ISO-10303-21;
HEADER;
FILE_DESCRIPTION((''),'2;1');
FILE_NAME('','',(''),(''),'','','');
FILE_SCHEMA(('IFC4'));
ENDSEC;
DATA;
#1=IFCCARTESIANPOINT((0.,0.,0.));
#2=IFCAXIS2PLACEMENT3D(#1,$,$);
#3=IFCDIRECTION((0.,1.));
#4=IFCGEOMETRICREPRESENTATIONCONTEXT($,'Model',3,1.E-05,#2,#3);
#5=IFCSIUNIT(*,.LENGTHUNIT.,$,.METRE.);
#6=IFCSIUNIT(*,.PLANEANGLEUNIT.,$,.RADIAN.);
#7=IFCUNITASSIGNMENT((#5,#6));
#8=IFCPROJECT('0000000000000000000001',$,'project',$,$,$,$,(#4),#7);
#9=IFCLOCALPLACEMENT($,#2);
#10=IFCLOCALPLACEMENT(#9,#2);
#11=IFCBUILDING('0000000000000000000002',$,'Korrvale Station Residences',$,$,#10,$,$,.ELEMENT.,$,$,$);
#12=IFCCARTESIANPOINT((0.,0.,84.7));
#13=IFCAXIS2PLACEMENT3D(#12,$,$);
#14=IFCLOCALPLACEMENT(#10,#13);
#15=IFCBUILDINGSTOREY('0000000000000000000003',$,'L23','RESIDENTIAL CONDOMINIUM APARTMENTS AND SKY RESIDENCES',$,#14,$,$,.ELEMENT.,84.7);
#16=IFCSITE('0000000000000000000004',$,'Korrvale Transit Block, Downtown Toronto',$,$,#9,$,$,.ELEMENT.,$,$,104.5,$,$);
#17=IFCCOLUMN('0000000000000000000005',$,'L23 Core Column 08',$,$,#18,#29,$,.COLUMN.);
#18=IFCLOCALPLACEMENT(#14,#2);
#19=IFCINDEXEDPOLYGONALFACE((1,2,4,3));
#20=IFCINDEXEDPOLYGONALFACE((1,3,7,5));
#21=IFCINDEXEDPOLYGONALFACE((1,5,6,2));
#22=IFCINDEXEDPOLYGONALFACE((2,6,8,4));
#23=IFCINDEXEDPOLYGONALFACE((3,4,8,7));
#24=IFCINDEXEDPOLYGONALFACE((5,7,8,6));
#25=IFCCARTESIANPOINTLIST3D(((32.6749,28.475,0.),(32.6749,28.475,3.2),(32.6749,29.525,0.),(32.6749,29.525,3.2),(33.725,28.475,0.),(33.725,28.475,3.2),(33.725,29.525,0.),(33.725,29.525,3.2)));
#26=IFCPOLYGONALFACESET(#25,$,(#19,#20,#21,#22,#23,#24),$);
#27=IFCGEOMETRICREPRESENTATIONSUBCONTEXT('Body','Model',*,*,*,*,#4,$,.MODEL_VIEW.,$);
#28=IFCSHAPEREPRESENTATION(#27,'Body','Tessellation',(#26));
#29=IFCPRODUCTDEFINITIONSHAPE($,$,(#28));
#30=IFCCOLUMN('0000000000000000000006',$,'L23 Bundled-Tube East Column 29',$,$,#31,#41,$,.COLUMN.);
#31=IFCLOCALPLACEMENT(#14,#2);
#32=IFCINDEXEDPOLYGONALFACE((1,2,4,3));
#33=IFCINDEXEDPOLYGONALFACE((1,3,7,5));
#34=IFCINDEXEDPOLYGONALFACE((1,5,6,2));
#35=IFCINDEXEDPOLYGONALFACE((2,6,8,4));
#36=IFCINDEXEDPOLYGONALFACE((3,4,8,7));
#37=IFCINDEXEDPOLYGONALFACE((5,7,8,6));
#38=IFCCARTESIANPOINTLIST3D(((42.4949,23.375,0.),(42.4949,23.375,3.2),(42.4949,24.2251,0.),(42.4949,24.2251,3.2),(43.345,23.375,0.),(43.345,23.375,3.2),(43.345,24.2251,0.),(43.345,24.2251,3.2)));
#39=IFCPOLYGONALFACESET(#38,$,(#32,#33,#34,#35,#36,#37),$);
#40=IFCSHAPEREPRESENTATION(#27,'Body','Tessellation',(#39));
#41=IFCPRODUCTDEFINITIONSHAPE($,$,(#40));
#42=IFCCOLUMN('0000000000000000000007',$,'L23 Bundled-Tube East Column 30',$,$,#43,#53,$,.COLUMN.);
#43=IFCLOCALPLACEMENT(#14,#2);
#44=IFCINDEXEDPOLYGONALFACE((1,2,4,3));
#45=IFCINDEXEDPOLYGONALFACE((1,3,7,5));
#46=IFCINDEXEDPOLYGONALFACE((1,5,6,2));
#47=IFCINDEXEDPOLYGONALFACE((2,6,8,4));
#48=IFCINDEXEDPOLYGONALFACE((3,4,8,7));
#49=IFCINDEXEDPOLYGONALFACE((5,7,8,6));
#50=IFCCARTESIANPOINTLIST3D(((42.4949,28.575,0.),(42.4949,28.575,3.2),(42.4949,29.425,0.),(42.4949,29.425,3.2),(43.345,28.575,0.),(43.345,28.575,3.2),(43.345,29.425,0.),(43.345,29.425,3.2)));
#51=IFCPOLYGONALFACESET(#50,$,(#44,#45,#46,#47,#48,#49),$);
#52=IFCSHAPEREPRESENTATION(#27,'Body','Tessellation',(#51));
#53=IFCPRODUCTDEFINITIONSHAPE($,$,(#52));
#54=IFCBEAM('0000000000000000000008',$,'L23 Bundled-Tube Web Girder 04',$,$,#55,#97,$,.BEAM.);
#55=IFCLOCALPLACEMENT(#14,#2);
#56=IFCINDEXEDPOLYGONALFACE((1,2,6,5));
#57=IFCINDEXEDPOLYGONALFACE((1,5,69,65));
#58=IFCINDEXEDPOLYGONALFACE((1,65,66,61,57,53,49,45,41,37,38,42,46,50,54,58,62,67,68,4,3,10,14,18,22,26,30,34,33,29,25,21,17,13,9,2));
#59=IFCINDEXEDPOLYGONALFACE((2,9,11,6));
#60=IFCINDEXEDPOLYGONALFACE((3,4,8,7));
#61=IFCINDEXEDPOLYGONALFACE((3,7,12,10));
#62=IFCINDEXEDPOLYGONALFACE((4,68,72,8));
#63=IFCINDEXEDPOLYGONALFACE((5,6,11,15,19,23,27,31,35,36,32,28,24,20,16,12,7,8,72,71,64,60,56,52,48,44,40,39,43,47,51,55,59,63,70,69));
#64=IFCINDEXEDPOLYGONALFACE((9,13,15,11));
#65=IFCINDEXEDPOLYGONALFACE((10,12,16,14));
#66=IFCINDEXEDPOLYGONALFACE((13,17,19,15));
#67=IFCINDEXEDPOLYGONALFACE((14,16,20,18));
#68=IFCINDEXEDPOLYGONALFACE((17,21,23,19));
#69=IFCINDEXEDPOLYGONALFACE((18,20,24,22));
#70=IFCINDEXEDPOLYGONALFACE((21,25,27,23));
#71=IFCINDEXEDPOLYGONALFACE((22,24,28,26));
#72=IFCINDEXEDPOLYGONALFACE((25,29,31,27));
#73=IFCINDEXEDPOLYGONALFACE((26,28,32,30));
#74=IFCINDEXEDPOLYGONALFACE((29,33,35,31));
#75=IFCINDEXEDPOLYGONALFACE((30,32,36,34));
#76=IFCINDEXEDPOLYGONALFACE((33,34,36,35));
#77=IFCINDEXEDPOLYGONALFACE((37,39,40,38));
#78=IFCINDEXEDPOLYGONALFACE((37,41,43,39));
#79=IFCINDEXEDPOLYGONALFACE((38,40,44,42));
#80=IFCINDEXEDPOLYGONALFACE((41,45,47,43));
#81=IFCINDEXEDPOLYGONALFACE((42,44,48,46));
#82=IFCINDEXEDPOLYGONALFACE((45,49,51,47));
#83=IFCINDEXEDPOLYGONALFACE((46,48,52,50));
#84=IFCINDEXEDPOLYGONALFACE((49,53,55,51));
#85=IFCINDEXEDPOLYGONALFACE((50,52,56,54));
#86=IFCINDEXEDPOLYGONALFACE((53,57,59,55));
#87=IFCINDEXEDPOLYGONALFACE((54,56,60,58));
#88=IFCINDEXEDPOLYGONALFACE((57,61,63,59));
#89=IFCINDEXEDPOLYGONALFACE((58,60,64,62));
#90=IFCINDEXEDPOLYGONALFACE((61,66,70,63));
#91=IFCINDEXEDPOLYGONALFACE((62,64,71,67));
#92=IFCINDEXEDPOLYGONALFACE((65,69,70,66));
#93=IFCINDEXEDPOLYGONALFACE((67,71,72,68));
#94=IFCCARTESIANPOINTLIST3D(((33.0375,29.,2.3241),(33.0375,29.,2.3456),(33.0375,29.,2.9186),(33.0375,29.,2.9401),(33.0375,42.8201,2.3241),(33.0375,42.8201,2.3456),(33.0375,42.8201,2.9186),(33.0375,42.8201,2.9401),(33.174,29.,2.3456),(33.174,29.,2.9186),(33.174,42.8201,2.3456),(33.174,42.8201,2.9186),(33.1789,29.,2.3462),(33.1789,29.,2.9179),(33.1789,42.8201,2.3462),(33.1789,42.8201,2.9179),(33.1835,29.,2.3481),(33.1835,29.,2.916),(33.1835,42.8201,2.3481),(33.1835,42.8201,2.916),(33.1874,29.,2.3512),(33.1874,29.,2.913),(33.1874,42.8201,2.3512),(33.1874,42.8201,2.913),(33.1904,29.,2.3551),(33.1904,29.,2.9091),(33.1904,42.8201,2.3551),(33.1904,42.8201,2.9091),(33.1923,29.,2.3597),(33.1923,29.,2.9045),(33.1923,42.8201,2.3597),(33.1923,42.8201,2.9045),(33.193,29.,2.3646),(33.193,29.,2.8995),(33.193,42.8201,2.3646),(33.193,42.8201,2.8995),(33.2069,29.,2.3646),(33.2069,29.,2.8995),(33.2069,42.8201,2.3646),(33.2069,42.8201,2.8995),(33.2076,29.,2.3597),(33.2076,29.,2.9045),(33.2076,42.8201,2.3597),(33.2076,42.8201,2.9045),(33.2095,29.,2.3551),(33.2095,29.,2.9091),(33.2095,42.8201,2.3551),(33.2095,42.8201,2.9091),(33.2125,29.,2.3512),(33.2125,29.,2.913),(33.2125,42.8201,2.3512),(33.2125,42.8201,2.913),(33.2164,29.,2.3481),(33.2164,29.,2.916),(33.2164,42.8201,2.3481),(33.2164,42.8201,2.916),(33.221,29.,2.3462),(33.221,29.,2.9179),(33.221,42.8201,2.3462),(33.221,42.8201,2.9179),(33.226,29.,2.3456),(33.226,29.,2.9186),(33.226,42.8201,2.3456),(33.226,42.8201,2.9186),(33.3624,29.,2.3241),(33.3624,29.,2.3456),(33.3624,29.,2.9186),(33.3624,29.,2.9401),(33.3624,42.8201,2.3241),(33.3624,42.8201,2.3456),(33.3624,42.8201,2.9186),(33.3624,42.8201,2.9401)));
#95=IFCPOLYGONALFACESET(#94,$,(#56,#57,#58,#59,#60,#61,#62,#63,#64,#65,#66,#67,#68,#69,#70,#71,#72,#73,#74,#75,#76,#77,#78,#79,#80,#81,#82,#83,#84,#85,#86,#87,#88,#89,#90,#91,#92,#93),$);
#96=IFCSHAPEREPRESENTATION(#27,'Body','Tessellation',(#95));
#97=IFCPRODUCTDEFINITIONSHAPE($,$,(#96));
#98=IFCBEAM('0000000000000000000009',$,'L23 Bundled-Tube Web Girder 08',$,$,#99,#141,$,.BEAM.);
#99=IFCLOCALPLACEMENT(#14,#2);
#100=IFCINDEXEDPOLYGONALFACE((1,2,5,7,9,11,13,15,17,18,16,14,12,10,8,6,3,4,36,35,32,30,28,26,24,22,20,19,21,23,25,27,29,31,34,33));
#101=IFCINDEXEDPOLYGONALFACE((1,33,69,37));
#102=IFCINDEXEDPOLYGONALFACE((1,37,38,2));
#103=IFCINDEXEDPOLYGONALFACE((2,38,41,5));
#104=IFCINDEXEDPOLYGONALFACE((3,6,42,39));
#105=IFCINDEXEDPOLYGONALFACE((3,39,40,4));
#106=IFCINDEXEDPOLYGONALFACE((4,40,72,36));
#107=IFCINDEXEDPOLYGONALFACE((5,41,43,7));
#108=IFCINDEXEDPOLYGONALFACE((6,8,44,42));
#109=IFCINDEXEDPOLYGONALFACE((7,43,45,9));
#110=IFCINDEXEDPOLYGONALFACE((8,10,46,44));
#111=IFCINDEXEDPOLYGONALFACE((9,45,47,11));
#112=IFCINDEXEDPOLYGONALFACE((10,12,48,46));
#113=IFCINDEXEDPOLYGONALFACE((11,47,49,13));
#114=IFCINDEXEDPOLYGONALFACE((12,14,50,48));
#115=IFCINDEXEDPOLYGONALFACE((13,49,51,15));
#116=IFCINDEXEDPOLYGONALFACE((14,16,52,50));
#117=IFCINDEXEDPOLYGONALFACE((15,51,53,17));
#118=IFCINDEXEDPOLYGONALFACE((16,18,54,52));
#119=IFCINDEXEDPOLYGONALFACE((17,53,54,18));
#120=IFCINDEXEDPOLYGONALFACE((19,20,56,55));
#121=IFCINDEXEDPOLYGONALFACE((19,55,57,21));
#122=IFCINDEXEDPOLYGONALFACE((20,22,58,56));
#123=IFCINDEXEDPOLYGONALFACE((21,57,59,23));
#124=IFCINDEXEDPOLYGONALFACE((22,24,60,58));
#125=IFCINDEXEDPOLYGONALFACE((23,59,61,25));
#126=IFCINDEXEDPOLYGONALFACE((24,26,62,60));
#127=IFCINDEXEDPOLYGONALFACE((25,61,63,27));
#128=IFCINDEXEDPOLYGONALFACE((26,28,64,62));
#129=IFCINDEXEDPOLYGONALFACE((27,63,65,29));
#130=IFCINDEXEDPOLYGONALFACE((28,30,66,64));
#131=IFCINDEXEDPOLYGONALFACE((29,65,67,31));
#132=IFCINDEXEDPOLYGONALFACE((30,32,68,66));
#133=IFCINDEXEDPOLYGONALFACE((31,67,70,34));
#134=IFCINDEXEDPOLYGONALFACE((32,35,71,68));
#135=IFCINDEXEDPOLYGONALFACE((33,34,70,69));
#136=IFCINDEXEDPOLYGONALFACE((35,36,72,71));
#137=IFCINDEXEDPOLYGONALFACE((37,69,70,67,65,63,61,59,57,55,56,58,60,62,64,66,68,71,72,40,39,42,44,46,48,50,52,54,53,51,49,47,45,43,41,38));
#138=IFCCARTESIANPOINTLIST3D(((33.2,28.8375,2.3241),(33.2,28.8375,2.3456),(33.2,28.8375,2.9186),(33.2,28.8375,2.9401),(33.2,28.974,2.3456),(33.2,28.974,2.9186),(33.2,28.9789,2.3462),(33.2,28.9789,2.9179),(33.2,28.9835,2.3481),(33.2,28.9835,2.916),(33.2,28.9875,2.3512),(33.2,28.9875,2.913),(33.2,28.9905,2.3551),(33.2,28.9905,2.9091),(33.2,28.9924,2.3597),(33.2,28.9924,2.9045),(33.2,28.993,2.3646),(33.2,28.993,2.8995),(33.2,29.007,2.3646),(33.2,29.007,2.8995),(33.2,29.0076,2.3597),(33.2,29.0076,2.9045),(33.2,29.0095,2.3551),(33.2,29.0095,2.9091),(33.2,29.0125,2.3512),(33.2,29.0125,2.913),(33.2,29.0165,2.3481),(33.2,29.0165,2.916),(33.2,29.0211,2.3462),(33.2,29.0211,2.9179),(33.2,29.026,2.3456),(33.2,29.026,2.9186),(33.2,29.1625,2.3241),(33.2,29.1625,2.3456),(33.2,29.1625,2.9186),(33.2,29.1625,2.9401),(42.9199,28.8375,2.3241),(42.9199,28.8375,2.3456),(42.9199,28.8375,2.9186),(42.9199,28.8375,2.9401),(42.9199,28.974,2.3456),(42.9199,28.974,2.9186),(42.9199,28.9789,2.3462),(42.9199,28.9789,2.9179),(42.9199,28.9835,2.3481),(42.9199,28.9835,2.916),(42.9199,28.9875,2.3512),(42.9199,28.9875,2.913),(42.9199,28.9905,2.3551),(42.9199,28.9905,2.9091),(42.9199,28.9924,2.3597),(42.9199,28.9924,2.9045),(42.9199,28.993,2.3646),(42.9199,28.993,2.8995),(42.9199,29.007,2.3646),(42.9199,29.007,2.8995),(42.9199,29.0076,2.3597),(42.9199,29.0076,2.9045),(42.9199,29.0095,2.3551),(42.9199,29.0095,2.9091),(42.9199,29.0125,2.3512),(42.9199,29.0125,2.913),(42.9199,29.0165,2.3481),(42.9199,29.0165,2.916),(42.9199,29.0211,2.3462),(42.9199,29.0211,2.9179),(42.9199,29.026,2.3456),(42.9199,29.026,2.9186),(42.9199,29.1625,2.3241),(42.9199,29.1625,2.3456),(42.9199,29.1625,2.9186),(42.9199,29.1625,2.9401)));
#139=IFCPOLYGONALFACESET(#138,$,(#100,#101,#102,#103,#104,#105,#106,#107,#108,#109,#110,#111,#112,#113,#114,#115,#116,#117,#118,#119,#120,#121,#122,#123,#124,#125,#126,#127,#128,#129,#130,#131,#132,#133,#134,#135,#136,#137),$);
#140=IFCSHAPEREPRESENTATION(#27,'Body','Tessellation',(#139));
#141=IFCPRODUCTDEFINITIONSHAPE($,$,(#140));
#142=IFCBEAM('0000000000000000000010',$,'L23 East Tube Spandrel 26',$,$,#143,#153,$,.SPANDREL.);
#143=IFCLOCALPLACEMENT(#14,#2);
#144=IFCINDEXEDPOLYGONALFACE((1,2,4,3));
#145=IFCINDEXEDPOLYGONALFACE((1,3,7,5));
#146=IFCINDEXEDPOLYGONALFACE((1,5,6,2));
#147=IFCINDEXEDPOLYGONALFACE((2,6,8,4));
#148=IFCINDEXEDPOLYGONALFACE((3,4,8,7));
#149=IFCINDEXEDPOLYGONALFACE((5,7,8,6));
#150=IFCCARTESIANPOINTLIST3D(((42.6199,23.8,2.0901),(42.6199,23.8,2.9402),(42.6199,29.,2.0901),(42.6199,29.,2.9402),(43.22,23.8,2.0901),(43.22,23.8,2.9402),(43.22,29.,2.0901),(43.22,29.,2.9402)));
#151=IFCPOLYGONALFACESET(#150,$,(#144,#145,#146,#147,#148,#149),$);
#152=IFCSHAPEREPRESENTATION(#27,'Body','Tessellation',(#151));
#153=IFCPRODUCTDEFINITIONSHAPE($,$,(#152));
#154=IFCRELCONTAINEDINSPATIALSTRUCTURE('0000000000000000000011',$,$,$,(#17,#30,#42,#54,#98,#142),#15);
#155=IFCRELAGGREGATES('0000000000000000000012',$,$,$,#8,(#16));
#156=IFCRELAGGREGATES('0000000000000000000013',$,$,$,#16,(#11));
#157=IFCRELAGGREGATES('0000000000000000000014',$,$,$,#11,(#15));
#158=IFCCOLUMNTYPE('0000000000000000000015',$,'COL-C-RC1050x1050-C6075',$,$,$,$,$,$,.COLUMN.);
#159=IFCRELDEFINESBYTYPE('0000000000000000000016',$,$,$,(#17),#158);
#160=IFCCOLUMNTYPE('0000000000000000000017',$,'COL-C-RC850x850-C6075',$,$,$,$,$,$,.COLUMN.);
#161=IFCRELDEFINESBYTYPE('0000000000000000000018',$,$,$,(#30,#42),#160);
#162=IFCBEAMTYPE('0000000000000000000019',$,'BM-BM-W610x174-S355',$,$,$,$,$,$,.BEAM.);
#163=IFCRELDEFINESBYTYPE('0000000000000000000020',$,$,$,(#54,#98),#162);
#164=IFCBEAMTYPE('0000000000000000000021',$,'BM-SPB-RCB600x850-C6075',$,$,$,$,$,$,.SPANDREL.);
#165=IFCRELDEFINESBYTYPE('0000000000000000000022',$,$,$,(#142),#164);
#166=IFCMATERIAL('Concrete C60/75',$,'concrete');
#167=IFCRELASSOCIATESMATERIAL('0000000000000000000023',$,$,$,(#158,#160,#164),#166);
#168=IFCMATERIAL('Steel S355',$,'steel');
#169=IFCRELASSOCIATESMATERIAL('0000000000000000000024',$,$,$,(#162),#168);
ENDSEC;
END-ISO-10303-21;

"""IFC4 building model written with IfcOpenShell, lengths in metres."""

from ifc_helpers import new_model, si_unit, direction, frame, origin, origin_2d, place, context, subcontext, project, spatial, rectangle, i_section, extrude, material, material_profile, profile_set, type_object, element, save


model = new_model("IFC4")

# Units and contexts
model_context = context("Model", 3, precision=1e-05, world=origin(), true_north=direction((0.0, 1.0)))
body_context = subcontext(model_context, "Body", "Model", "MODEL_VIEW")
ifc_project = project(units=[si_unit("LENGTHUNIT", "METRE"), si_unit("PLANEANGLEUNIT", "RADIAN")], contexts=[model_context])

# Site, building, storey
site_placement = place(None, origin())
site = spatial("IfcSite", under=ifc_project, at=site_placement, Name="Korrvale Transit Block, Downtown Toronto", CompositionType="ELEMENT", RefElevation=104.5)
building_placement = place(site_placement, origin())
building = spatial("IfcBuilding", under=site, at=building_placement, Name="Korrvale Station Residences", CompositionType="ELEMENT")
storey_placement = place(building_placement, frame((0.0, 0.0, 84.7)))
storey = spatial("IfcBuildingStorey", under=building, at=storey_placement, Name="L23", Description="RESIDENTIAL CONDOMINIUM APARTMENTS AND SKY RESIDENCES", CompositionType="ELEMENT", Elevation=84.7)

# Columns
ifc_material_1 = material(Name="Concrete C60/75", Category="concrete")
ifc_material_profile_1 = material_profile(ifc_material_1, rectangle(XDim=1.05, YDim=1.05, at=origin_2d()), Name="RC1050x1050")
ifc_profile_set_1 = profile_set([ifc_material_profile_1], Name="Concrete C60/75")
column_type_1 = type_object("IfcColumnType", Name="COL-C-RC1050x1050-C6075", PredefinedType="COLUMN", material=ifc_profile_set_1)
column_placement = place(storey_placement, frame((33.2, 29.0, 0.0), z_axis=(0.0, 0.0, 1.0), x_axis=(1.0, 0.0, 0.0)))
element("IfcColumn", 1, at=column_placement, inside=storey, type_object=column_type_1, Name="L23 Core Column 08", PredefinedType="COLUMN", context=body_context, shape_type="SweptSolid", body=[
    extrude(rectangle(XDim=1.05, YDim=1.05, at=origin_2d()), origin(), (0.0, 0.0, 1.0), 3.2),
])
ifc_material_profile_2 = material_profile(ifc_material_1, rectangle(XDim=0.8501, YDim=0.8501, at=origin_2d()), Name="RC850x850")
ifc_profile_set_2 = profile_set([ifc_material_profile_2], Name="Concrete C60/75")
column_type_2 = type_object("IfcColumnType", Name="COL-C-RC850x850-C6075", PredefinedType="COLUMN", material=ifc_profile_set_2)
for number, where, z_axis, x_axis, name in (
    (2, (42.9199, 23.8, 0.0), (0.0, 0.0, 1.0), (1.0, 0.0, 0.0), "L23 Bundled-Tube East Column 29"),
    (3, (42.9199, 29.0, 0.0), (0.0, 0.0, 1.0), (1.0, 0.0, 0.0), "L23 Bundled-Tube East Column 30"),
):
    element("IfcColumn", number, at=place(storey_placement, frame(where, z_axis=z_axis, x_axis=x_axis)), inside=storey, type_object=column_type_2, Name=name, PredefinedType="COLUMN", context=body_context, shape_type="SweptSolid", body=[
        extrude(rectangle(XDim=0.8501, YDim=0.8501, at=origin_2d()), origin(), (0.0, 0.0, 1.0), 3.2),
    ])

# Beams
ifc_material_2 = material(Name="Steel S355", Category="steel")
ifc_material_profile_3 = material_profile(ifc_material_2, i_section(OverallWidth=0.325, OverallDepth=0.616, WebThickness=0.0139, FlangeThickness=0.0215, FilletRadius=0.019, at=origin_2d()), Name="W610x174")
ifc_profile_set_3 = profile_set([ifc_material_profile_3], Name="Steel S355")
beam_type_1 = type_object("IfcBeamType", Name="BM-BM-W610x174-S355", PredefinedType="BEAM", material=ifc_profile_set_3)
beam_1_placement = place(storey_placement, frame((33.2, 29.0, 2.6321), z_axis=(0.0, 1.0, 0.0), x_axis=(-1.0, 0.0, 0.0)))
element("IfcBeam", 4, at=beam_1_placement, inside=storey, type_object=beam_type_1, Name="L23 Bundled-Tube Web Girder 04", PredefinedType="BEAM", context=body_context, shape_type="SweptSolid", body=[
    extrude(i_section(OverallWidth=0.325, OverallDepth=0.616, WebThickness=0.0139, FlangeThickness=0.0215, FilletRadius=0.019, at=origin_2d()), origin(), (0.0, 0.0, 1.0), 13.8201),
])
beam_2_placement = place(storey_placement, frame((33.2, 29.0, 2.6321), z_axis=(1.0, 0.0, 0.0), x_axis=(0.0, 1.0, 0.0)))
element("IfcBeam", 5, at=beam_2_placement, inside=storey, type_object=beam_type_1, Name="L23 Bundled-Tube Web Girder 08", PredefinedType="BEAM", context=body_context, shape_type="SweptSolid", body=[
    extrude(i_section(OverallWidth=0.325, OverallDepth=0.616, WebThickness=0.0139, FlangeThickness=0.0215, FilletRadius=0.019, at=origin_2d()), origin(), (0.0, 0.0, 1.0), 9.72),
])
ifc_material_profile_4 = material_profile(ifc_material_1, rectangle(XDim=0.6001, YDim=0.8501, at=origin_2d()), Name="RCB600x850")
ifc_profile_set_4 = profile_set([ifc_material_profile_4], Name="Concrete C60/75")
beam_type_2 = type_object("IfcBeamType", Name="BM-SPB-RCB600x850-C6075", PredefinedType="SPANDREL", material=ifc_profile_set_4)
beam_3_placement = place(storey_placement, frame((42.9199, 23.8, 2.5151), z_axis=(0.0, 1.0, 0.0), x_axis=(-1.0, 0.0, 0.0)))
element("IfcBeam", 6, at=beam_3_placement, inside=storey, type_object=beam_type_2, Name="L23 East Tube Spandrel 26", PredefinedType="SPANDREL", context=body_context, shape_type="SweptSolid", body=[
    extrude(rectangle(XDim=0.6001, YDim=0.8501, at=origin_2d()), origin(), (0.0, 0.0, 1.0), 5.2),
])

save(model, "model.ifc")
